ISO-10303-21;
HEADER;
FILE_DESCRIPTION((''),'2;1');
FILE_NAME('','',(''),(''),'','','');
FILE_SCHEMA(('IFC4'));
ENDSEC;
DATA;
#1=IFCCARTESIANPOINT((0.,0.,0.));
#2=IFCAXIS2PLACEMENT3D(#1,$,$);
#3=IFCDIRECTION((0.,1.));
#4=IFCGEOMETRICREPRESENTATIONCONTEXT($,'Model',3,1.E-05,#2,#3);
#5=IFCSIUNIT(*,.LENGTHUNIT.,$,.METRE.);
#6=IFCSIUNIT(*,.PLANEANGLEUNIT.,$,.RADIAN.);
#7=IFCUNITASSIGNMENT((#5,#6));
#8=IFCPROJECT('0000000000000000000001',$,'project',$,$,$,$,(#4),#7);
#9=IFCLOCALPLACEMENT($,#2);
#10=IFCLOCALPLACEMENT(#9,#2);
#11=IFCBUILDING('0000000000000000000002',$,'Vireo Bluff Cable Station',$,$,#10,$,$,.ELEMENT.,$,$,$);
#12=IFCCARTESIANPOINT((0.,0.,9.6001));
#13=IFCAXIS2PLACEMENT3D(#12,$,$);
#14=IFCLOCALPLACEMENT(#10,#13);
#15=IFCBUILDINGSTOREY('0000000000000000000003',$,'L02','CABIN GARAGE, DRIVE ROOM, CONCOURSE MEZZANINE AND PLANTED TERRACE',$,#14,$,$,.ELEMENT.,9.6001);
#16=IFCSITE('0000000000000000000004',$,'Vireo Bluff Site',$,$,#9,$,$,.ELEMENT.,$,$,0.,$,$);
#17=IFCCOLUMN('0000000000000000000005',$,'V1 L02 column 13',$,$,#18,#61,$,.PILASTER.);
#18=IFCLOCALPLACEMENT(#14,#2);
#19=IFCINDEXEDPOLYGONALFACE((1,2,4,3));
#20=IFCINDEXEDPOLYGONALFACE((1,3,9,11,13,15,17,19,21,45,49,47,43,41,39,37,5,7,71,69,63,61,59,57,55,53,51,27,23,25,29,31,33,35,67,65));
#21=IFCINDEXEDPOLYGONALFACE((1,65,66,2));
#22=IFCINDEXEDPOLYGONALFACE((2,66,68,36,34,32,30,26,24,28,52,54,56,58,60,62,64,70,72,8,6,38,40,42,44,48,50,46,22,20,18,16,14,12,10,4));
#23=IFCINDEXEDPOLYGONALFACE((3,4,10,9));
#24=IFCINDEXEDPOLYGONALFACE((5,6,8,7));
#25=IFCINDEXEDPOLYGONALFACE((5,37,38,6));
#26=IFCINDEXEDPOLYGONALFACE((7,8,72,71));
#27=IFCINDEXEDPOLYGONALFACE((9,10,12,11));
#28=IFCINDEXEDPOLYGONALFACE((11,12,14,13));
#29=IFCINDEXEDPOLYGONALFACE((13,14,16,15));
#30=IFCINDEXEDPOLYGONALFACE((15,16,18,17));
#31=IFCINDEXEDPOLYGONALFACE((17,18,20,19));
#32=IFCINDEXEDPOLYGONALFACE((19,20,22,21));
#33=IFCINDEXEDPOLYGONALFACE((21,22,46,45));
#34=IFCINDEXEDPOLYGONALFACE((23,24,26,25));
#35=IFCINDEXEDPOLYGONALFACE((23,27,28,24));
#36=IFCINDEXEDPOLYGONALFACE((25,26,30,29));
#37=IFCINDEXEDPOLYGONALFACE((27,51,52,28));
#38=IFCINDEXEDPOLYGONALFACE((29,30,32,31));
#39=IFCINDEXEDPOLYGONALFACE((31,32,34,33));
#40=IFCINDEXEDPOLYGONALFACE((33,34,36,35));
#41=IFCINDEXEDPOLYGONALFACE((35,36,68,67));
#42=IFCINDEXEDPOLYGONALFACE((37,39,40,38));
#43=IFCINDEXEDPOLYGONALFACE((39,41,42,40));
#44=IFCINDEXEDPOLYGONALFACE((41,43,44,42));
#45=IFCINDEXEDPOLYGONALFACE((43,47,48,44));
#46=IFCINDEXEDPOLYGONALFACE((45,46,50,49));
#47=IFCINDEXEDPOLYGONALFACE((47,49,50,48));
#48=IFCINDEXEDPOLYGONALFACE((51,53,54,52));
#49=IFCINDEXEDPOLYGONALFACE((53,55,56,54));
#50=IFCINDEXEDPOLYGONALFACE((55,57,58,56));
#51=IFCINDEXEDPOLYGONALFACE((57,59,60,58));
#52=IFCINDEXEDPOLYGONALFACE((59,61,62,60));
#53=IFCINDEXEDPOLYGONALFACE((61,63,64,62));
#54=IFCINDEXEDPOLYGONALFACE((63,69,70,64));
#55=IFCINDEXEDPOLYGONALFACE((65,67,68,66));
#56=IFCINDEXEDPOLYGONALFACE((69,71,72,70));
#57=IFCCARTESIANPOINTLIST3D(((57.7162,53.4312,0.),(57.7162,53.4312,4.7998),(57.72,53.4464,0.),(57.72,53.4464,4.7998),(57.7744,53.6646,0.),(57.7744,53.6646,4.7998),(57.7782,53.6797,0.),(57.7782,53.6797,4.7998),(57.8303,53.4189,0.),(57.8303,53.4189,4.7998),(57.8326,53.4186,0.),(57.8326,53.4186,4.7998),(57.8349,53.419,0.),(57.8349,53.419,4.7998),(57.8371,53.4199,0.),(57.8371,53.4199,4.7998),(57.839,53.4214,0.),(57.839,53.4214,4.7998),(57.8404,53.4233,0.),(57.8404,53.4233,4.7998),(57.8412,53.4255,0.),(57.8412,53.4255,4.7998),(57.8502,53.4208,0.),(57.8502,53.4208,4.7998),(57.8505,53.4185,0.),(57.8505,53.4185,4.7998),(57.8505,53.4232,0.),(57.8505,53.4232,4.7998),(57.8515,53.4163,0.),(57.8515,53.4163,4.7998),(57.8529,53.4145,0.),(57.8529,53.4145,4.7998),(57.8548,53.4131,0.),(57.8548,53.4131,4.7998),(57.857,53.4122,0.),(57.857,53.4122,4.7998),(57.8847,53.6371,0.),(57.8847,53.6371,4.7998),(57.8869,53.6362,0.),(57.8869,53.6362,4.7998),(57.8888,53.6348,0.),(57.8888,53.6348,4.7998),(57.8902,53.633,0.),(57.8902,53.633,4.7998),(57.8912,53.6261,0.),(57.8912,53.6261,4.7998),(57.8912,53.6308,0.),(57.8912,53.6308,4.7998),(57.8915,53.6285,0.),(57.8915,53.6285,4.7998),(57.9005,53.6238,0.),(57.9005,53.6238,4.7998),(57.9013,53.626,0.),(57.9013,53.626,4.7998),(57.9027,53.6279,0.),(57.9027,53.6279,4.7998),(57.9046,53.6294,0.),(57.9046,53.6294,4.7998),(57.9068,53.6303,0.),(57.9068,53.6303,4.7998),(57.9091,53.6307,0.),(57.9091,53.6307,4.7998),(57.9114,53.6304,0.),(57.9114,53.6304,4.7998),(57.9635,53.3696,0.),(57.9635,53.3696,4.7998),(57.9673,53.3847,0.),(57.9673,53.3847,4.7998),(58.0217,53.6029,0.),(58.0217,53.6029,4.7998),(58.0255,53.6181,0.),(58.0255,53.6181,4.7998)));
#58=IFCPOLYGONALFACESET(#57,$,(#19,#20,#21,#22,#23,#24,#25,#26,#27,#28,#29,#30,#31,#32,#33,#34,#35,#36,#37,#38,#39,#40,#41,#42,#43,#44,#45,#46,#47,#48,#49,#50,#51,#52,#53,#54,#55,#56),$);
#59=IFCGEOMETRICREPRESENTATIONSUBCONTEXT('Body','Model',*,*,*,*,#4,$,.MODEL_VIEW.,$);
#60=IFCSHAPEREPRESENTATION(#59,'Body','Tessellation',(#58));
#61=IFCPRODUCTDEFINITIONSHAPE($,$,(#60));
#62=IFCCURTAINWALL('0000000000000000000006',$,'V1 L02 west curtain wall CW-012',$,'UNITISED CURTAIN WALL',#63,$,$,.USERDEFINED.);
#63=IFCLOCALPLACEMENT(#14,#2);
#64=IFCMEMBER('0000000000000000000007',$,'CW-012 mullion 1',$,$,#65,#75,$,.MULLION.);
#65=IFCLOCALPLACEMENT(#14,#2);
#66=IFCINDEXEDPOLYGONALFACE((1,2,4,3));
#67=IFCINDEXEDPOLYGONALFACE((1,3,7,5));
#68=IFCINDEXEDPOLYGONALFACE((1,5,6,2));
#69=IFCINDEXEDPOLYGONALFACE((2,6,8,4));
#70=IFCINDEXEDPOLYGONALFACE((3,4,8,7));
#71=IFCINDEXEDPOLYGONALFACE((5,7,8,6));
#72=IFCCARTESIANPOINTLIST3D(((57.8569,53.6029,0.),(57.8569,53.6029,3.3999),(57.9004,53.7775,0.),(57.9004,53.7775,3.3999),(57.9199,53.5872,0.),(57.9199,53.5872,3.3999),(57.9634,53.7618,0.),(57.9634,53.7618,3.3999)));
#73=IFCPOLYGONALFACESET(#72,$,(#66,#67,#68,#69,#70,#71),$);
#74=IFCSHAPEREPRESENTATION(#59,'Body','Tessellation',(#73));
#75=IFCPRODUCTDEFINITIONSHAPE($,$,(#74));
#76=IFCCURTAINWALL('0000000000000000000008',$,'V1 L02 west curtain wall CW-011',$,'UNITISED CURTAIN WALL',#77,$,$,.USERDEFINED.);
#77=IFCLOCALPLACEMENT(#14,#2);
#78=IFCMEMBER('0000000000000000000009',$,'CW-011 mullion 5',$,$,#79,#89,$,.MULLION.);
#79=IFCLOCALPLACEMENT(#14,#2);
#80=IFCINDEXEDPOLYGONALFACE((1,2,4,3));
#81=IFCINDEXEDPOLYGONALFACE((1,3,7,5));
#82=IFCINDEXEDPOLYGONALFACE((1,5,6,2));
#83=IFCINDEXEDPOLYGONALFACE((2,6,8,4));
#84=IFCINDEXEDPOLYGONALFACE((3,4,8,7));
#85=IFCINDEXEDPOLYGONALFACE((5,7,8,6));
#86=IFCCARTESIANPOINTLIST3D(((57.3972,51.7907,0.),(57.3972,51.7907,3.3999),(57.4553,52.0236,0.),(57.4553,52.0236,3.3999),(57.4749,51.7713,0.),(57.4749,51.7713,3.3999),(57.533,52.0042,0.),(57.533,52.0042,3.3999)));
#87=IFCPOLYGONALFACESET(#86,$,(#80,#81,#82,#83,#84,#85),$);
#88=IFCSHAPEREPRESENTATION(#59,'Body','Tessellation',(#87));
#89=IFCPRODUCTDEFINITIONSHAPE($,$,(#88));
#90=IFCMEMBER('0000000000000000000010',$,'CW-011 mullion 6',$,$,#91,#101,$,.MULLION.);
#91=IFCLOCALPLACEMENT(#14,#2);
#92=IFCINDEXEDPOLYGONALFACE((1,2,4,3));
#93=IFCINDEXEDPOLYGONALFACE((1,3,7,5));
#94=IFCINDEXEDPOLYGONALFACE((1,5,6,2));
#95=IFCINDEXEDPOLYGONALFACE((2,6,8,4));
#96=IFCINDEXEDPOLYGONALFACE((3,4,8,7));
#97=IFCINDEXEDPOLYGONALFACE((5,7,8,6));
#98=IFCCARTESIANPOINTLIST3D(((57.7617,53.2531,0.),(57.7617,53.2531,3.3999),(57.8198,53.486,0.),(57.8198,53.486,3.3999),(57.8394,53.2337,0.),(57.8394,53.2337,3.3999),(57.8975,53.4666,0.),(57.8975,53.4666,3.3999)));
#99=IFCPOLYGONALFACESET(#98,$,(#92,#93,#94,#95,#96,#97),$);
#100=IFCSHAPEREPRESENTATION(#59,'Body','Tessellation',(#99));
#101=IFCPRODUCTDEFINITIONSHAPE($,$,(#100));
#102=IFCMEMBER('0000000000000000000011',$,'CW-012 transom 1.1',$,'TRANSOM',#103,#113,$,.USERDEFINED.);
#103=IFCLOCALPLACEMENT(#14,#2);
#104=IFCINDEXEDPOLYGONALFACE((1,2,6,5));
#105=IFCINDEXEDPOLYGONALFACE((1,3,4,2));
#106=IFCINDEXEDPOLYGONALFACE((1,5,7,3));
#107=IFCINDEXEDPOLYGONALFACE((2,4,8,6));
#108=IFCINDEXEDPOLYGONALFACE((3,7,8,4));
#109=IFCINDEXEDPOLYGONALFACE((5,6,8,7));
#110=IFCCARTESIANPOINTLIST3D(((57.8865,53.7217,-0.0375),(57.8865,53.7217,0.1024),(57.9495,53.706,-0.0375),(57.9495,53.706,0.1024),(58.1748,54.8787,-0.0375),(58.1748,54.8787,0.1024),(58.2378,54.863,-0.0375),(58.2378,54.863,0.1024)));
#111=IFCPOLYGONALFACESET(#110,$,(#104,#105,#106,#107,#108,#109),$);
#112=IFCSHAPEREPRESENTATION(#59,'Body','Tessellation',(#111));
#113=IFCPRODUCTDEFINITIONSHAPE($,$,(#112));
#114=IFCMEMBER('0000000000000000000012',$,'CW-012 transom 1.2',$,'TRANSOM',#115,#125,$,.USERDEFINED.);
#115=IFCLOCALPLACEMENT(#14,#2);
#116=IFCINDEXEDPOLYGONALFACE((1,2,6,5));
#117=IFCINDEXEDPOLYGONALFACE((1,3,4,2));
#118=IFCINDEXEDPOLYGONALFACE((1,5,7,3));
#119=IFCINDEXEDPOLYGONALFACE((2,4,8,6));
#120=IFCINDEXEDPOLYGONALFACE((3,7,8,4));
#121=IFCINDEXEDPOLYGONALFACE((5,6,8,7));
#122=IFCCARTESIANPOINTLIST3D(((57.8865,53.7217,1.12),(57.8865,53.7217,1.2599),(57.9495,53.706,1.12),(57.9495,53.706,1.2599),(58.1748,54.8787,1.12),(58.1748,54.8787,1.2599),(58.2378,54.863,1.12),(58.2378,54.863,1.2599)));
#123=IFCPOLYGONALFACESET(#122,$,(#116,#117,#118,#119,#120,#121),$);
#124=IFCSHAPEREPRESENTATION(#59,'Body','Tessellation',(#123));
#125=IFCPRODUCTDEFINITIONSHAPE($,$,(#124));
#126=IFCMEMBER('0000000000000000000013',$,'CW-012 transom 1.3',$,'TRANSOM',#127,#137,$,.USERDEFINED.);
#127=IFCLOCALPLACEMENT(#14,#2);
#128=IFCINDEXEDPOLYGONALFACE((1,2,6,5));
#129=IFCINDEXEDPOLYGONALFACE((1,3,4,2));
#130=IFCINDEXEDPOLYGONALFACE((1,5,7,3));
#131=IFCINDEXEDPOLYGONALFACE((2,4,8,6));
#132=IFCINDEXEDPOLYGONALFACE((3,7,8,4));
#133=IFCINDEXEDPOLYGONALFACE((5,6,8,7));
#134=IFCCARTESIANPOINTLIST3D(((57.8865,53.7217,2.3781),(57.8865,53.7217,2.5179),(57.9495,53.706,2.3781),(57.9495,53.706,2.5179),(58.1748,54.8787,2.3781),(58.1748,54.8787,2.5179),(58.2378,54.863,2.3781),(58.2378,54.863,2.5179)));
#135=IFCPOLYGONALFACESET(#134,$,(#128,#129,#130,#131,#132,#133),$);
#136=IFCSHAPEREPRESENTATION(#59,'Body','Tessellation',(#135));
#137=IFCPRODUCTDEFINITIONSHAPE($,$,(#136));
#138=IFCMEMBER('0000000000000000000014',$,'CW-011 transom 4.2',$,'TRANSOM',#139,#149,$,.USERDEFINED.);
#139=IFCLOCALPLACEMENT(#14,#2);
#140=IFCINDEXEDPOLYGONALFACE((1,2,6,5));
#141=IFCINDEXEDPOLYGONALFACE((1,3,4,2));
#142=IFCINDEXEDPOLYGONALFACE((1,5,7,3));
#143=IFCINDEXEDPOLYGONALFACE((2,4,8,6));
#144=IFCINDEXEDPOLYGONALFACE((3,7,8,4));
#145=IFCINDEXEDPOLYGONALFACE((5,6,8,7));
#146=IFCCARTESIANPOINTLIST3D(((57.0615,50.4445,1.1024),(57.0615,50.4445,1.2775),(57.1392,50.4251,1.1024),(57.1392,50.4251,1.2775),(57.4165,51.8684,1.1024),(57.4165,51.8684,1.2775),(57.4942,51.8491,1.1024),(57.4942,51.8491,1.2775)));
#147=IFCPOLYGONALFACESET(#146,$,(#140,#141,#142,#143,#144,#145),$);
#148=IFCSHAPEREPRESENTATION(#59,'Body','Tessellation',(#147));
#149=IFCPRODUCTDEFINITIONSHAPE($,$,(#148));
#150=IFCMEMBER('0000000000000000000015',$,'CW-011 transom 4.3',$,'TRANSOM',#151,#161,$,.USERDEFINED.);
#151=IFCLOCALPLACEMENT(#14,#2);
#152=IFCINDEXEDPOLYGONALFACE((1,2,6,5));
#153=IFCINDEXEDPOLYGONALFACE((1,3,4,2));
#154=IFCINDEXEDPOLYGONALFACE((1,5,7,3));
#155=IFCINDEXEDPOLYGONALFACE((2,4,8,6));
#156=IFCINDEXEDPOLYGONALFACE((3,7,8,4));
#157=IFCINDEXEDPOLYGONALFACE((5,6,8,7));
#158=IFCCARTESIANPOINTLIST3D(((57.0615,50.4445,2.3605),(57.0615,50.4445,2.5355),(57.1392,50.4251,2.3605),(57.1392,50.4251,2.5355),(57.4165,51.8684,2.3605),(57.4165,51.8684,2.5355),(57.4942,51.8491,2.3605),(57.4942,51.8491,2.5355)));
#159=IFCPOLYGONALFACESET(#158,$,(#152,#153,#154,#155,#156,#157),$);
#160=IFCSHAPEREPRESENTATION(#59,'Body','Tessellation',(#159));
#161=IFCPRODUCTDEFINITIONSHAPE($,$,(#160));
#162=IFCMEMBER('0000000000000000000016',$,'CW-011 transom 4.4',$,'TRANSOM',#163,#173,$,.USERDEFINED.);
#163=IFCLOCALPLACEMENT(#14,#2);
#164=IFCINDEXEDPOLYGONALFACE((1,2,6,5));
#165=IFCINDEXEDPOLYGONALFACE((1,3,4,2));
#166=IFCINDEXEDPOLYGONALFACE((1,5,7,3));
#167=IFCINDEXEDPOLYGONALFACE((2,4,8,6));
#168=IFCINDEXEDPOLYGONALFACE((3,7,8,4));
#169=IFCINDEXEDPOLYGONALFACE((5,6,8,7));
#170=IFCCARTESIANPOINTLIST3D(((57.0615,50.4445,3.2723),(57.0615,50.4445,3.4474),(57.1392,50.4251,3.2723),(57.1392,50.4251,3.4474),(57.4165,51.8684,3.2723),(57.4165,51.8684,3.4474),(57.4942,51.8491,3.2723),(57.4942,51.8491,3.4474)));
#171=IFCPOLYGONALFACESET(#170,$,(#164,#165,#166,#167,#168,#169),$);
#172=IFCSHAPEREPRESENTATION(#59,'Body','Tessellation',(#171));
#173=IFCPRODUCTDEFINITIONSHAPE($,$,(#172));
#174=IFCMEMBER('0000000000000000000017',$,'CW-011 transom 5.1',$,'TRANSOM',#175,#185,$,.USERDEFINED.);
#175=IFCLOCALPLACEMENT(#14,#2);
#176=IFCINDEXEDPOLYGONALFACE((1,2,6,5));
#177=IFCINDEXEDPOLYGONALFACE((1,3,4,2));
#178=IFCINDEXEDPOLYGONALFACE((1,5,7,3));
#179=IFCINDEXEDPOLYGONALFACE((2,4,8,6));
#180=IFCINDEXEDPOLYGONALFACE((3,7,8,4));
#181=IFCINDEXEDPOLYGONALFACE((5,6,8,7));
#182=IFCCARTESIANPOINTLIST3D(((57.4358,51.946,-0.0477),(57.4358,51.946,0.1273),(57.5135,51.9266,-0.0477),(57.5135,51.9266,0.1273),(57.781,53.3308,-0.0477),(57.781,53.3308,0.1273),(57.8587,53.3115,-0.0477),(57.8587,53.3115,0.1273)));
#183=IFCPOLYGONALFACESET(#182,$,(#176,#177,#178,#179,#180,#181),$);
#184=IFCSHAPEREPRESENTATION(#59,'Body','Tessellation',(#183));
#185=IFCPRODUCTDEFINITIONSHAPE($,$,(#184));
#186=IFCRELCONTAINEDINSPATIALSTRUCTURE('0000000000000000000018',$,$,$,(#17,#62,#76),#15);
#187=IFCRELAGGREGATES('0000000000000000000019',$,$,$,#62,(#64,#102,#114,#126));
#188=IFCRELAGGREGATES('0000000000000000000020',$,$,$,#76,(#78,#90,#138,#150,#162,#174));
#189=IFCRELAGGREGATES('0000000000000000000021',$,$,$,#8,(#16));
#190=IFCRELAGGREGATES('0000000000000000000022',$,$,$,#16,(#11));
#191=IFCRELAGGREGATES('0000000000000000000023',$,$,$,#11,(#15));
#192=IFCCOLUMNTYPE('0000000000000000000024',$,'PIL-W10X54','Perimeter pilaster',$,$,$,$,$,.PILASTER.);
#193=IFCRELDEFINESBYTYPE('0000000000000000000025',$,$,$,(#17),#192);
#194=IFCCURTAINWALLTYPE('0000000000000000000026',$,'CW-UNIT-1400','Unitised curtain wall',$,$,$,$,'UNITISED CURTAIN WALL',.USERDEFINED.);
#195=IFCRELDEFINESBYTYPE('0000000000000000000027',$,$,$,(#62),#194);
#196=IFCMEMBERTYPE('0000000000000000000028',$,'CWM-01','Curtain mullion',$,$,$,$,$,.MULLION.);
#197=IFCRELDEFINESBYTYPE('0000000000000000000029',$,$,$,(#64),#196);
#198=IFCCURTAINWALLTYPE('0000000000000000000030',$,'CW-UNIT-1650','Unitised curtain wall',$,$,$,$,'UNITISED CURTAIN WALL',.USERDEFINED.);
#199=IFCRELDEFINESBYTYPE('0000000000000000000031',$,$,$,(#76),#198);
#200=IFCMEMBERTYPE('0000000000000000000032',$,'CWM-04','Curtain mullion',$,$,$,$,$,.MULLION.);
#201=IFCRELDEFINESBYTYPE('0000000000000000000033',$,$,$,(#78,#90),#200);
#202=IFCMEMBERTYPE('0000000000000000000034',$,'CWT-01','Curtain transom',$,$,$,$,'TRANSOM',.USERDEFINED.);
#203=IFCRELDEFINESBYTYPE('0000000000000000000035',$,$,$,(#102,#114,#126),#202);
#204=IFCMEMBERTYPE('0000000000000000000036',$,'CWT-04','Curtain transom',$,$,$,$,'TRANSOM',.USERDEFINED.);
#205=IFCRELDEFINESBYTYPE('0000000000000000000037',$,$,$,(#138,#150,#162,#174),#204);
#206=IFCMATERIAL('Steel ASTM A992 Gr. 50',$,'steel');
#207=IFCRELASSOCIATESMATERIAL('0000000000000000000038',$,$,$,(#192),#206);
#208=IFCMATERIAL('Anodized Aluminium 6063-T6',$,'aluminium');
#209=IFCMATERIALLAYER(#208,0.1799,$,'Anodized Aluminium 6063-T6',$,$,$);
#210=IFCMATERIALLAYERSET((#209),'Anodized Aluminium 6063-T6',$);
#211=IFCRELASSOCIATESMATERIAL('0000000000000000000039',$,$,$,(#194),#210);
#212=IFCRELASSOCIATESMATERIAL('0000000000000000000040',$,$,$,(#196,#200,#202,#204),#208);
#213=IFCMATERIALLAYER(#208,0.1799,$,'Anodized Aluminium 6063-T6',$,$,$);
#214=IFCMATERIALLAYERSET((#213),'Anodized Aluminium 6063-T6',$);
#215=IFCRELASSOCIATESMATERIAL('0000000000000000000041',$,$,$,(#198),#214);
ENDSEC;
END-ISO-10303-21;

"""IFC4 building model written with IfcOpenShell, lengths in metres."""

from ifc_helpers import new_model, si_unit, direction, frame, origin, origin_2d, place, context, subcontext, project, spatial, rectangle, i_section, extrude, material, layer, layer_set, material_profile, profile_set, type_object, element, aggregate, save


model = new_model("IFC4")

# Units and contexts
model_context = context("Model", 3, precision=1e-05, world=origin(), true_north=direction((0.0, 1.0)))
body_context = subcontext(model_context, "Body", "Model", "MODEL_VIEW")
ifc_project = project(units=[si_unit("LENGTHUNIT", "METRE"), si_unit("PLANEANGLEUNIT", "RADIAN")], contexts=[model_context])

# Site, building, storey
site_placement = place(None, origin())
site = spatial("IfcSite", under=ifc_project, at=site_placement, Name="Vireo Bluff Site", CompositionType="ELEMENT", RefElevation=0.0)
building_placement = place(site_placement, origin())
building = spatial("IfcBuilding", under=site, at=building_placement, Name="Vireo Bluff Cable Station", CompositionType="ELEMENT")
storey_placement = place(building_placement, frame((0.0, 0.0, 9.6001)))
storey = spatial("IfcBuildingStorey", under=building, at=storey_placement, Name="L02", Description="CABIN GARAGE, DRIVE ROOM, CONCOURSE MEZZANINE AND PLANTED TERRACE", CompositionType="ELEMENT", Elevation=9.6001)

# Column
ifc_material_1 = material(Name="Steel ASTM A992 Gr. 50", Category="steel")
ifc_material_profile_1 = material_profile(ifc_material_1, i_section(OverallWidth=0.2549, OverallDepth=0.2561, WebThickness=0.0095, FlangeThickness=0.0156, FilletRadius=0.009, at=origin_2d()), Name="W10X54")
ifc_profile_set_1 = profile_set([ifc_material_profile_1], Name="Steel ASTM A992 Gr. 50")
column_type = type_object("IfcColumnType", Name="PIL-W10X54", Description="Perimeter pilaster", PredefinedType="PILASTER", material=ifc_profile_set_1)
column_placement = place(storey_placement, frame((57.8708, 53.5247, 0.0), z_axis=(0.0, 0.0, 1.0), x_axis=(0.970296, -0.241922, 0.0)))
element("IfcColumn", 1, at=column_placement, inside=storey, type_object=column_type, Name="V1 L02 column 13", PredefinedType="PILASTER", context=body_context, shape_type="SweptSolid", body=[
    extrude(i_section(OverallWidth=0.2549, OverallDepth=0.2561, WebThickness=0.0095, FlangeThickness=0.0156, FilletRadius=0.009, at=origin_2d()), origin(), (0.0, 0.0, 1.0), 4.7998),
])

# Curtain wall, member
ifc_material_2 = material(Name="Anodized Aluminium 6063-T6", Category="aluminium")
ifc_layer_1 = layer(ifc_material_2, 0.1799, Name="Anodized Aluminium 6063-T6")
ifc_layer_set_1 = layer_set([ifc_layer_1], Name="Anodized Aluminium 6063-T6")
curtain_wall_type_1 = type_object("IfcCurtainWallType", Name="CW-UNIT-1400", Description="Unitised curtain wall", ElementType="UNITISED CURTAIN WALL", PredefinedType="USERDEFINED", material=ifc_layer_set_1)
curtain_wall_1_placement = place(storey_placement, origin())
curtain_wall_1 = element("IfcCurtainWall", 2, at=curtain_wall_1_placement, inside=storey, type_object=curtain_wall_type_1, Name="V1 L02 west curtain wall CW-012", ObjectType="UNITISED CURTAIN WALL", PredefinedType="USERDEFINED")
ifc_material_profile_2 = material_profile(ifc_material_2, rectangle(XDim=0.0649, YDim=0.1799, at=origin_2d()), Name="ALU-M-65X180")
ifc_profile_set_2 = profile_set([ifc_material_profile_2], Name="Anodized Aluminium 6063-T6")
member_type_1 = type_object("IfcMemberType", Name="CWM-01", Description="Curtain mullion", PredefinedType="MULLION", material=ifc_profile_set_2)
member_1_placement = place(storey_placement, frame((57.9102, 53.6824, 0.0), z_axis=(0.0, 0.0, 1.0), x_axis=(-0.970296, 0.241922, 0.0)))
member_1 = element("IfcMember", 3, at=member_1_placement, type_object=member_type_1, Name="CW-012 mullion 1", PredefinedType="MULLION", context=body_context, shape_type="SweptSolid", body=[
    extrude(rectangle(XDim=0.0649, YDim=0.1799, at=origin_2d()), origin(), (0.0, 0.0, 1.0), 3.3999),
])

# Curtain wall, members
ifc_layer_2 = layer(ifc_material_2, 0.1799, Name="Anodized Aluminium 6063-T6")
ifc_layer_set_2 = layer_set([ifc_layer_2], Name="Anodized Aluminium 6063-T6")
curtain_wall_type_2 = type_object("IfcCurtainWallType", Name="CW-UNIT-1650", Description="Unitised curtain wall", ElementType="UNITISED CURTAIN WALL", PredefinedType="USERDEFINED", material=ifc_layer_set_2)
curtain_wall_2_placement = place(storey_placement, origin())
curtain_wall_2 = element("IfcCurtainWall", 4, at=curtain_wall_2_placement, inside=storey, type_object=curtain_wall_type_2, Name="V1 L02 west curtain wall CW-011", ObjectType="UNITISED CURTAIN WALL", PredefinedType="USERDEFINED")
ifc_material_profile_3 = material_profile(ifc_material_2, rectangle(XDim=0.0801, YDim=0.24, at=origin_2d()), Name="ALU-M-80X240")
ifc_profile_set_3 = profile_set([ifc_material_profile_3], Name="Anodized Aluminium 6063-T6")
member_type_2 = type_object("IfcMemberType", Name="CWM-04", Description="Curtain mullion", PredefinedType="MULLION", material=ifc_profile_set_3)
member_2_placement = place(storey_placement, frame((57.4651, 51.8975, 0.0), z_axis=(0.0, 0.0, 1.0), x_axis=(-0.970296, 0.241922, 0.0)))
member_2 = element("IfcMember", 5, at=member_2_placement, type_object=member_type_2, Name="CW-011 mullion 5", PredefinedType="MULLION", context=body_context, shape_type="SweptSolid", body=[
    extrude(rectangle(XDim=0.0801, YDim=0.24, at=origin_2d()), origin(), (0.0, 0.0, 1.0), 3.3999),
])
member_3_placement = place(storey_placement, frame((57.8296, 53.3599, 0.0), z_axis=(0.0, 0.0, 1.0), x_axis=(-0.970296, 0.241922, 0.0)))
member_3 = element("IfcMember", 6, at=member_3_placement, type_object=member_type_2, Name="CW-011 mullion 6", PredefinedType="MULLION", context=body_context, shape_type="SweptSolid", body=[
    extrude(rectangle(XDim=0.0801, YDim=0.24, at=origin_2d()), origin(), (0.0, 0.0, 1.0), 3.3999),
])

# Members
ifc_material_profile_4 = material_profile(ifc_material_2, rectangle(XDim=0.0649, YDim=0.1399, at=origin_2d()), Name="ALU-T-65X140")
ifc_profile_set_4 = profile_set([ifc_material_profile_4], Name="Anodized Aluminium 6063-T6")
member_type_3 = type_object("IfcMemberType", Name="CWT-01", Description="Curtain transom", ElementType="TRANSOM", PredefinedType="USERDEFINED", material=ifc_profile_set_4)
member_4_placement = place(storey_placement, frame((57.918, 53.7139, 0.0325), z_axis=(0.241813, 0.970323, 0.0), x_axis=(-0.970323, 0.241813, 0.0)))
member_4 = element("IfcMember", 7, at=member_4_placement, type_object=member_type_3, Name="CW-012 transom 1.1", ObjectType="TRANSOM", PredefinedType="USERDEFINED", context=body_context, shape_type="SweptSolid", body=[
    extrude(rectangle(XDim=0.0649, YDim=0.1399, at=origin_2d()), origin(), (0.0, 0.0, 1.0), 1.1924),
])
member_5_placement = place(storey_placement, frame((57.918, 53.7139, 1.1899), z_axis=(0.241813, 0.970323, 0.0), x_axis=(-0.970323, 0.241813, 0.0)))
member_5 = element("IfcMember", 8, at=member_5_placement, type_object=member_type_3, Name="CW-012 transom 1.2", ObjectType="TRANSOM", PredefinedType="USERDEFINED", context=body_context, shape_type="SweptSolid", body=[
    extrude(rectangle(XDim=0.0649, YDim=0.1399, at=origin_2d()), origin(), (0.0, 0.0, 1.0), 1.1924),
])
member_6_placement = place(storey_placement, frame((57.918, 53.7139, 2.448), z_axis=(0.241813, 0.970323, 0.0), x_axis=(-0.970323, 0.241813, 0.0)))
member_6 = element("IfcMember", 9, at=member_6_placement, type_object=member_type_3, Name="CW-012 transom 1.3", ObjectType="TRANSOM", PredefinedType="USERDEFINED", context=body_context, shape_type="SweptSolid", body=[
    extrude(rectangle(XDim=0.0649, YDim=0.1399, at=origin_2d()), origin(), (0.0, 0.0, 1.0), 1.1924),
])
aggregate(curtain_wall_1, [member_1, member_4, member_5, member_6])
ifc_material_profile_5 = material_profile(ifc_material_2, rectangle(XDim=0.0801, YDim=0.175, at=origin_2d()), Name="ALU-T-80X175")
ifc_profile_set_5 = profile_set([ifc_material_profile_5], Name="Anodized Aluminium 6063-T6")
member_type_4 = type_object("IfcMemberType", Name="CWT-04", Description="Curtain transom", ElementType="TRANSOM", PredefinedType="USERDEFINED", material=ifc_profile_set_5)
member_7_placement = place(storey_placement, frame((57.1003, 50.4348, 1.1899), z_axis=(0.241909, 0.970299, 0.0), x_axis=(-0.970299, 0.241909, 0.0)))
member_7 = element("IfcMember", 10, at=member_7_placement, type_object=member_type_4, Name="CW-011 transom 4.2", ObjectType="TRANSOM", PredefinedType="USERDEFINED", context=body_context, shape_type="SweptSolid", body=[
    extrude(rectangle(XDim=0.0801, YDim=0.175, at=origin_2d()), origin(), (0.0, 0.0, 1.0), 1.4675),
])
member_8_placement = place(storey_placement, frame((57.1003, 50.4348, 2.448), z_axis=(0.241909, 0.970299, 0.0), x_axis=(-0.970299, 0.241909, 0.0)))
member_8 = element("IfcMember", 11, at=member_8_placement, type_object=member_type_4, Name="CW-011 transom 4.3", ObjectType="TRANSOM", PredefinedType="USERDEFINED", context=body_context, shape_type="SweptSolid", body=[
    extrude(rectangle(XDim=0.0801, YDim=0.175, at=origin_2d()), origin(), (0.0, 0.0, 1.0), 1.4675),
])
member_9_placement = place(storey_placement, frame((57.1003, 50.4348, 3.3599), z_axis=(0.241909, 0.970299, 0.0), x_axis=(-0.970299, 0.241909, 0.0)))
member_9 = element("IfcMember", 12, at=member_9_placement, type_object=member_type_4, Name="CW-011 transom 4.4", ObjectType="TRANSOM", PredefinedType="USERDEFINED", context=body_context, shape_type="SweptSolid", body=[
    extrude(rectangle(XDim=0.0801, YDim=0.175, at=origin_2d()), origin(), (0.0, 0.0, 1.0), 1.4675),
])
member_10_placement = place(storey_placement, frame((57.4746, 51.9363, 0.0398), z_axis=(0.241892, 0.970303, 0.0), x_axis=(-0.970303, 0.241892, 0.0)))
member_10 = element("IfcMember", 13, at=member_10_placement, type_object=member_type_4, Name="CW-011 transom 5.1", ObjectType="TRANSOM", PredefinedType="USERDEFINED", context=body_context, shape_type="SweptSolid", body=[
    extrude(rectangle(XDim=0.0801, YDim=0.175, at=origin_2d()), origin(), (0.0, 0.0, 1.0), 1.4272),
])

aggregate(curtain_wall_2, [member_2, member_3, member_7, member_8, member_9, member_10])

save(model, "model.ifc")
